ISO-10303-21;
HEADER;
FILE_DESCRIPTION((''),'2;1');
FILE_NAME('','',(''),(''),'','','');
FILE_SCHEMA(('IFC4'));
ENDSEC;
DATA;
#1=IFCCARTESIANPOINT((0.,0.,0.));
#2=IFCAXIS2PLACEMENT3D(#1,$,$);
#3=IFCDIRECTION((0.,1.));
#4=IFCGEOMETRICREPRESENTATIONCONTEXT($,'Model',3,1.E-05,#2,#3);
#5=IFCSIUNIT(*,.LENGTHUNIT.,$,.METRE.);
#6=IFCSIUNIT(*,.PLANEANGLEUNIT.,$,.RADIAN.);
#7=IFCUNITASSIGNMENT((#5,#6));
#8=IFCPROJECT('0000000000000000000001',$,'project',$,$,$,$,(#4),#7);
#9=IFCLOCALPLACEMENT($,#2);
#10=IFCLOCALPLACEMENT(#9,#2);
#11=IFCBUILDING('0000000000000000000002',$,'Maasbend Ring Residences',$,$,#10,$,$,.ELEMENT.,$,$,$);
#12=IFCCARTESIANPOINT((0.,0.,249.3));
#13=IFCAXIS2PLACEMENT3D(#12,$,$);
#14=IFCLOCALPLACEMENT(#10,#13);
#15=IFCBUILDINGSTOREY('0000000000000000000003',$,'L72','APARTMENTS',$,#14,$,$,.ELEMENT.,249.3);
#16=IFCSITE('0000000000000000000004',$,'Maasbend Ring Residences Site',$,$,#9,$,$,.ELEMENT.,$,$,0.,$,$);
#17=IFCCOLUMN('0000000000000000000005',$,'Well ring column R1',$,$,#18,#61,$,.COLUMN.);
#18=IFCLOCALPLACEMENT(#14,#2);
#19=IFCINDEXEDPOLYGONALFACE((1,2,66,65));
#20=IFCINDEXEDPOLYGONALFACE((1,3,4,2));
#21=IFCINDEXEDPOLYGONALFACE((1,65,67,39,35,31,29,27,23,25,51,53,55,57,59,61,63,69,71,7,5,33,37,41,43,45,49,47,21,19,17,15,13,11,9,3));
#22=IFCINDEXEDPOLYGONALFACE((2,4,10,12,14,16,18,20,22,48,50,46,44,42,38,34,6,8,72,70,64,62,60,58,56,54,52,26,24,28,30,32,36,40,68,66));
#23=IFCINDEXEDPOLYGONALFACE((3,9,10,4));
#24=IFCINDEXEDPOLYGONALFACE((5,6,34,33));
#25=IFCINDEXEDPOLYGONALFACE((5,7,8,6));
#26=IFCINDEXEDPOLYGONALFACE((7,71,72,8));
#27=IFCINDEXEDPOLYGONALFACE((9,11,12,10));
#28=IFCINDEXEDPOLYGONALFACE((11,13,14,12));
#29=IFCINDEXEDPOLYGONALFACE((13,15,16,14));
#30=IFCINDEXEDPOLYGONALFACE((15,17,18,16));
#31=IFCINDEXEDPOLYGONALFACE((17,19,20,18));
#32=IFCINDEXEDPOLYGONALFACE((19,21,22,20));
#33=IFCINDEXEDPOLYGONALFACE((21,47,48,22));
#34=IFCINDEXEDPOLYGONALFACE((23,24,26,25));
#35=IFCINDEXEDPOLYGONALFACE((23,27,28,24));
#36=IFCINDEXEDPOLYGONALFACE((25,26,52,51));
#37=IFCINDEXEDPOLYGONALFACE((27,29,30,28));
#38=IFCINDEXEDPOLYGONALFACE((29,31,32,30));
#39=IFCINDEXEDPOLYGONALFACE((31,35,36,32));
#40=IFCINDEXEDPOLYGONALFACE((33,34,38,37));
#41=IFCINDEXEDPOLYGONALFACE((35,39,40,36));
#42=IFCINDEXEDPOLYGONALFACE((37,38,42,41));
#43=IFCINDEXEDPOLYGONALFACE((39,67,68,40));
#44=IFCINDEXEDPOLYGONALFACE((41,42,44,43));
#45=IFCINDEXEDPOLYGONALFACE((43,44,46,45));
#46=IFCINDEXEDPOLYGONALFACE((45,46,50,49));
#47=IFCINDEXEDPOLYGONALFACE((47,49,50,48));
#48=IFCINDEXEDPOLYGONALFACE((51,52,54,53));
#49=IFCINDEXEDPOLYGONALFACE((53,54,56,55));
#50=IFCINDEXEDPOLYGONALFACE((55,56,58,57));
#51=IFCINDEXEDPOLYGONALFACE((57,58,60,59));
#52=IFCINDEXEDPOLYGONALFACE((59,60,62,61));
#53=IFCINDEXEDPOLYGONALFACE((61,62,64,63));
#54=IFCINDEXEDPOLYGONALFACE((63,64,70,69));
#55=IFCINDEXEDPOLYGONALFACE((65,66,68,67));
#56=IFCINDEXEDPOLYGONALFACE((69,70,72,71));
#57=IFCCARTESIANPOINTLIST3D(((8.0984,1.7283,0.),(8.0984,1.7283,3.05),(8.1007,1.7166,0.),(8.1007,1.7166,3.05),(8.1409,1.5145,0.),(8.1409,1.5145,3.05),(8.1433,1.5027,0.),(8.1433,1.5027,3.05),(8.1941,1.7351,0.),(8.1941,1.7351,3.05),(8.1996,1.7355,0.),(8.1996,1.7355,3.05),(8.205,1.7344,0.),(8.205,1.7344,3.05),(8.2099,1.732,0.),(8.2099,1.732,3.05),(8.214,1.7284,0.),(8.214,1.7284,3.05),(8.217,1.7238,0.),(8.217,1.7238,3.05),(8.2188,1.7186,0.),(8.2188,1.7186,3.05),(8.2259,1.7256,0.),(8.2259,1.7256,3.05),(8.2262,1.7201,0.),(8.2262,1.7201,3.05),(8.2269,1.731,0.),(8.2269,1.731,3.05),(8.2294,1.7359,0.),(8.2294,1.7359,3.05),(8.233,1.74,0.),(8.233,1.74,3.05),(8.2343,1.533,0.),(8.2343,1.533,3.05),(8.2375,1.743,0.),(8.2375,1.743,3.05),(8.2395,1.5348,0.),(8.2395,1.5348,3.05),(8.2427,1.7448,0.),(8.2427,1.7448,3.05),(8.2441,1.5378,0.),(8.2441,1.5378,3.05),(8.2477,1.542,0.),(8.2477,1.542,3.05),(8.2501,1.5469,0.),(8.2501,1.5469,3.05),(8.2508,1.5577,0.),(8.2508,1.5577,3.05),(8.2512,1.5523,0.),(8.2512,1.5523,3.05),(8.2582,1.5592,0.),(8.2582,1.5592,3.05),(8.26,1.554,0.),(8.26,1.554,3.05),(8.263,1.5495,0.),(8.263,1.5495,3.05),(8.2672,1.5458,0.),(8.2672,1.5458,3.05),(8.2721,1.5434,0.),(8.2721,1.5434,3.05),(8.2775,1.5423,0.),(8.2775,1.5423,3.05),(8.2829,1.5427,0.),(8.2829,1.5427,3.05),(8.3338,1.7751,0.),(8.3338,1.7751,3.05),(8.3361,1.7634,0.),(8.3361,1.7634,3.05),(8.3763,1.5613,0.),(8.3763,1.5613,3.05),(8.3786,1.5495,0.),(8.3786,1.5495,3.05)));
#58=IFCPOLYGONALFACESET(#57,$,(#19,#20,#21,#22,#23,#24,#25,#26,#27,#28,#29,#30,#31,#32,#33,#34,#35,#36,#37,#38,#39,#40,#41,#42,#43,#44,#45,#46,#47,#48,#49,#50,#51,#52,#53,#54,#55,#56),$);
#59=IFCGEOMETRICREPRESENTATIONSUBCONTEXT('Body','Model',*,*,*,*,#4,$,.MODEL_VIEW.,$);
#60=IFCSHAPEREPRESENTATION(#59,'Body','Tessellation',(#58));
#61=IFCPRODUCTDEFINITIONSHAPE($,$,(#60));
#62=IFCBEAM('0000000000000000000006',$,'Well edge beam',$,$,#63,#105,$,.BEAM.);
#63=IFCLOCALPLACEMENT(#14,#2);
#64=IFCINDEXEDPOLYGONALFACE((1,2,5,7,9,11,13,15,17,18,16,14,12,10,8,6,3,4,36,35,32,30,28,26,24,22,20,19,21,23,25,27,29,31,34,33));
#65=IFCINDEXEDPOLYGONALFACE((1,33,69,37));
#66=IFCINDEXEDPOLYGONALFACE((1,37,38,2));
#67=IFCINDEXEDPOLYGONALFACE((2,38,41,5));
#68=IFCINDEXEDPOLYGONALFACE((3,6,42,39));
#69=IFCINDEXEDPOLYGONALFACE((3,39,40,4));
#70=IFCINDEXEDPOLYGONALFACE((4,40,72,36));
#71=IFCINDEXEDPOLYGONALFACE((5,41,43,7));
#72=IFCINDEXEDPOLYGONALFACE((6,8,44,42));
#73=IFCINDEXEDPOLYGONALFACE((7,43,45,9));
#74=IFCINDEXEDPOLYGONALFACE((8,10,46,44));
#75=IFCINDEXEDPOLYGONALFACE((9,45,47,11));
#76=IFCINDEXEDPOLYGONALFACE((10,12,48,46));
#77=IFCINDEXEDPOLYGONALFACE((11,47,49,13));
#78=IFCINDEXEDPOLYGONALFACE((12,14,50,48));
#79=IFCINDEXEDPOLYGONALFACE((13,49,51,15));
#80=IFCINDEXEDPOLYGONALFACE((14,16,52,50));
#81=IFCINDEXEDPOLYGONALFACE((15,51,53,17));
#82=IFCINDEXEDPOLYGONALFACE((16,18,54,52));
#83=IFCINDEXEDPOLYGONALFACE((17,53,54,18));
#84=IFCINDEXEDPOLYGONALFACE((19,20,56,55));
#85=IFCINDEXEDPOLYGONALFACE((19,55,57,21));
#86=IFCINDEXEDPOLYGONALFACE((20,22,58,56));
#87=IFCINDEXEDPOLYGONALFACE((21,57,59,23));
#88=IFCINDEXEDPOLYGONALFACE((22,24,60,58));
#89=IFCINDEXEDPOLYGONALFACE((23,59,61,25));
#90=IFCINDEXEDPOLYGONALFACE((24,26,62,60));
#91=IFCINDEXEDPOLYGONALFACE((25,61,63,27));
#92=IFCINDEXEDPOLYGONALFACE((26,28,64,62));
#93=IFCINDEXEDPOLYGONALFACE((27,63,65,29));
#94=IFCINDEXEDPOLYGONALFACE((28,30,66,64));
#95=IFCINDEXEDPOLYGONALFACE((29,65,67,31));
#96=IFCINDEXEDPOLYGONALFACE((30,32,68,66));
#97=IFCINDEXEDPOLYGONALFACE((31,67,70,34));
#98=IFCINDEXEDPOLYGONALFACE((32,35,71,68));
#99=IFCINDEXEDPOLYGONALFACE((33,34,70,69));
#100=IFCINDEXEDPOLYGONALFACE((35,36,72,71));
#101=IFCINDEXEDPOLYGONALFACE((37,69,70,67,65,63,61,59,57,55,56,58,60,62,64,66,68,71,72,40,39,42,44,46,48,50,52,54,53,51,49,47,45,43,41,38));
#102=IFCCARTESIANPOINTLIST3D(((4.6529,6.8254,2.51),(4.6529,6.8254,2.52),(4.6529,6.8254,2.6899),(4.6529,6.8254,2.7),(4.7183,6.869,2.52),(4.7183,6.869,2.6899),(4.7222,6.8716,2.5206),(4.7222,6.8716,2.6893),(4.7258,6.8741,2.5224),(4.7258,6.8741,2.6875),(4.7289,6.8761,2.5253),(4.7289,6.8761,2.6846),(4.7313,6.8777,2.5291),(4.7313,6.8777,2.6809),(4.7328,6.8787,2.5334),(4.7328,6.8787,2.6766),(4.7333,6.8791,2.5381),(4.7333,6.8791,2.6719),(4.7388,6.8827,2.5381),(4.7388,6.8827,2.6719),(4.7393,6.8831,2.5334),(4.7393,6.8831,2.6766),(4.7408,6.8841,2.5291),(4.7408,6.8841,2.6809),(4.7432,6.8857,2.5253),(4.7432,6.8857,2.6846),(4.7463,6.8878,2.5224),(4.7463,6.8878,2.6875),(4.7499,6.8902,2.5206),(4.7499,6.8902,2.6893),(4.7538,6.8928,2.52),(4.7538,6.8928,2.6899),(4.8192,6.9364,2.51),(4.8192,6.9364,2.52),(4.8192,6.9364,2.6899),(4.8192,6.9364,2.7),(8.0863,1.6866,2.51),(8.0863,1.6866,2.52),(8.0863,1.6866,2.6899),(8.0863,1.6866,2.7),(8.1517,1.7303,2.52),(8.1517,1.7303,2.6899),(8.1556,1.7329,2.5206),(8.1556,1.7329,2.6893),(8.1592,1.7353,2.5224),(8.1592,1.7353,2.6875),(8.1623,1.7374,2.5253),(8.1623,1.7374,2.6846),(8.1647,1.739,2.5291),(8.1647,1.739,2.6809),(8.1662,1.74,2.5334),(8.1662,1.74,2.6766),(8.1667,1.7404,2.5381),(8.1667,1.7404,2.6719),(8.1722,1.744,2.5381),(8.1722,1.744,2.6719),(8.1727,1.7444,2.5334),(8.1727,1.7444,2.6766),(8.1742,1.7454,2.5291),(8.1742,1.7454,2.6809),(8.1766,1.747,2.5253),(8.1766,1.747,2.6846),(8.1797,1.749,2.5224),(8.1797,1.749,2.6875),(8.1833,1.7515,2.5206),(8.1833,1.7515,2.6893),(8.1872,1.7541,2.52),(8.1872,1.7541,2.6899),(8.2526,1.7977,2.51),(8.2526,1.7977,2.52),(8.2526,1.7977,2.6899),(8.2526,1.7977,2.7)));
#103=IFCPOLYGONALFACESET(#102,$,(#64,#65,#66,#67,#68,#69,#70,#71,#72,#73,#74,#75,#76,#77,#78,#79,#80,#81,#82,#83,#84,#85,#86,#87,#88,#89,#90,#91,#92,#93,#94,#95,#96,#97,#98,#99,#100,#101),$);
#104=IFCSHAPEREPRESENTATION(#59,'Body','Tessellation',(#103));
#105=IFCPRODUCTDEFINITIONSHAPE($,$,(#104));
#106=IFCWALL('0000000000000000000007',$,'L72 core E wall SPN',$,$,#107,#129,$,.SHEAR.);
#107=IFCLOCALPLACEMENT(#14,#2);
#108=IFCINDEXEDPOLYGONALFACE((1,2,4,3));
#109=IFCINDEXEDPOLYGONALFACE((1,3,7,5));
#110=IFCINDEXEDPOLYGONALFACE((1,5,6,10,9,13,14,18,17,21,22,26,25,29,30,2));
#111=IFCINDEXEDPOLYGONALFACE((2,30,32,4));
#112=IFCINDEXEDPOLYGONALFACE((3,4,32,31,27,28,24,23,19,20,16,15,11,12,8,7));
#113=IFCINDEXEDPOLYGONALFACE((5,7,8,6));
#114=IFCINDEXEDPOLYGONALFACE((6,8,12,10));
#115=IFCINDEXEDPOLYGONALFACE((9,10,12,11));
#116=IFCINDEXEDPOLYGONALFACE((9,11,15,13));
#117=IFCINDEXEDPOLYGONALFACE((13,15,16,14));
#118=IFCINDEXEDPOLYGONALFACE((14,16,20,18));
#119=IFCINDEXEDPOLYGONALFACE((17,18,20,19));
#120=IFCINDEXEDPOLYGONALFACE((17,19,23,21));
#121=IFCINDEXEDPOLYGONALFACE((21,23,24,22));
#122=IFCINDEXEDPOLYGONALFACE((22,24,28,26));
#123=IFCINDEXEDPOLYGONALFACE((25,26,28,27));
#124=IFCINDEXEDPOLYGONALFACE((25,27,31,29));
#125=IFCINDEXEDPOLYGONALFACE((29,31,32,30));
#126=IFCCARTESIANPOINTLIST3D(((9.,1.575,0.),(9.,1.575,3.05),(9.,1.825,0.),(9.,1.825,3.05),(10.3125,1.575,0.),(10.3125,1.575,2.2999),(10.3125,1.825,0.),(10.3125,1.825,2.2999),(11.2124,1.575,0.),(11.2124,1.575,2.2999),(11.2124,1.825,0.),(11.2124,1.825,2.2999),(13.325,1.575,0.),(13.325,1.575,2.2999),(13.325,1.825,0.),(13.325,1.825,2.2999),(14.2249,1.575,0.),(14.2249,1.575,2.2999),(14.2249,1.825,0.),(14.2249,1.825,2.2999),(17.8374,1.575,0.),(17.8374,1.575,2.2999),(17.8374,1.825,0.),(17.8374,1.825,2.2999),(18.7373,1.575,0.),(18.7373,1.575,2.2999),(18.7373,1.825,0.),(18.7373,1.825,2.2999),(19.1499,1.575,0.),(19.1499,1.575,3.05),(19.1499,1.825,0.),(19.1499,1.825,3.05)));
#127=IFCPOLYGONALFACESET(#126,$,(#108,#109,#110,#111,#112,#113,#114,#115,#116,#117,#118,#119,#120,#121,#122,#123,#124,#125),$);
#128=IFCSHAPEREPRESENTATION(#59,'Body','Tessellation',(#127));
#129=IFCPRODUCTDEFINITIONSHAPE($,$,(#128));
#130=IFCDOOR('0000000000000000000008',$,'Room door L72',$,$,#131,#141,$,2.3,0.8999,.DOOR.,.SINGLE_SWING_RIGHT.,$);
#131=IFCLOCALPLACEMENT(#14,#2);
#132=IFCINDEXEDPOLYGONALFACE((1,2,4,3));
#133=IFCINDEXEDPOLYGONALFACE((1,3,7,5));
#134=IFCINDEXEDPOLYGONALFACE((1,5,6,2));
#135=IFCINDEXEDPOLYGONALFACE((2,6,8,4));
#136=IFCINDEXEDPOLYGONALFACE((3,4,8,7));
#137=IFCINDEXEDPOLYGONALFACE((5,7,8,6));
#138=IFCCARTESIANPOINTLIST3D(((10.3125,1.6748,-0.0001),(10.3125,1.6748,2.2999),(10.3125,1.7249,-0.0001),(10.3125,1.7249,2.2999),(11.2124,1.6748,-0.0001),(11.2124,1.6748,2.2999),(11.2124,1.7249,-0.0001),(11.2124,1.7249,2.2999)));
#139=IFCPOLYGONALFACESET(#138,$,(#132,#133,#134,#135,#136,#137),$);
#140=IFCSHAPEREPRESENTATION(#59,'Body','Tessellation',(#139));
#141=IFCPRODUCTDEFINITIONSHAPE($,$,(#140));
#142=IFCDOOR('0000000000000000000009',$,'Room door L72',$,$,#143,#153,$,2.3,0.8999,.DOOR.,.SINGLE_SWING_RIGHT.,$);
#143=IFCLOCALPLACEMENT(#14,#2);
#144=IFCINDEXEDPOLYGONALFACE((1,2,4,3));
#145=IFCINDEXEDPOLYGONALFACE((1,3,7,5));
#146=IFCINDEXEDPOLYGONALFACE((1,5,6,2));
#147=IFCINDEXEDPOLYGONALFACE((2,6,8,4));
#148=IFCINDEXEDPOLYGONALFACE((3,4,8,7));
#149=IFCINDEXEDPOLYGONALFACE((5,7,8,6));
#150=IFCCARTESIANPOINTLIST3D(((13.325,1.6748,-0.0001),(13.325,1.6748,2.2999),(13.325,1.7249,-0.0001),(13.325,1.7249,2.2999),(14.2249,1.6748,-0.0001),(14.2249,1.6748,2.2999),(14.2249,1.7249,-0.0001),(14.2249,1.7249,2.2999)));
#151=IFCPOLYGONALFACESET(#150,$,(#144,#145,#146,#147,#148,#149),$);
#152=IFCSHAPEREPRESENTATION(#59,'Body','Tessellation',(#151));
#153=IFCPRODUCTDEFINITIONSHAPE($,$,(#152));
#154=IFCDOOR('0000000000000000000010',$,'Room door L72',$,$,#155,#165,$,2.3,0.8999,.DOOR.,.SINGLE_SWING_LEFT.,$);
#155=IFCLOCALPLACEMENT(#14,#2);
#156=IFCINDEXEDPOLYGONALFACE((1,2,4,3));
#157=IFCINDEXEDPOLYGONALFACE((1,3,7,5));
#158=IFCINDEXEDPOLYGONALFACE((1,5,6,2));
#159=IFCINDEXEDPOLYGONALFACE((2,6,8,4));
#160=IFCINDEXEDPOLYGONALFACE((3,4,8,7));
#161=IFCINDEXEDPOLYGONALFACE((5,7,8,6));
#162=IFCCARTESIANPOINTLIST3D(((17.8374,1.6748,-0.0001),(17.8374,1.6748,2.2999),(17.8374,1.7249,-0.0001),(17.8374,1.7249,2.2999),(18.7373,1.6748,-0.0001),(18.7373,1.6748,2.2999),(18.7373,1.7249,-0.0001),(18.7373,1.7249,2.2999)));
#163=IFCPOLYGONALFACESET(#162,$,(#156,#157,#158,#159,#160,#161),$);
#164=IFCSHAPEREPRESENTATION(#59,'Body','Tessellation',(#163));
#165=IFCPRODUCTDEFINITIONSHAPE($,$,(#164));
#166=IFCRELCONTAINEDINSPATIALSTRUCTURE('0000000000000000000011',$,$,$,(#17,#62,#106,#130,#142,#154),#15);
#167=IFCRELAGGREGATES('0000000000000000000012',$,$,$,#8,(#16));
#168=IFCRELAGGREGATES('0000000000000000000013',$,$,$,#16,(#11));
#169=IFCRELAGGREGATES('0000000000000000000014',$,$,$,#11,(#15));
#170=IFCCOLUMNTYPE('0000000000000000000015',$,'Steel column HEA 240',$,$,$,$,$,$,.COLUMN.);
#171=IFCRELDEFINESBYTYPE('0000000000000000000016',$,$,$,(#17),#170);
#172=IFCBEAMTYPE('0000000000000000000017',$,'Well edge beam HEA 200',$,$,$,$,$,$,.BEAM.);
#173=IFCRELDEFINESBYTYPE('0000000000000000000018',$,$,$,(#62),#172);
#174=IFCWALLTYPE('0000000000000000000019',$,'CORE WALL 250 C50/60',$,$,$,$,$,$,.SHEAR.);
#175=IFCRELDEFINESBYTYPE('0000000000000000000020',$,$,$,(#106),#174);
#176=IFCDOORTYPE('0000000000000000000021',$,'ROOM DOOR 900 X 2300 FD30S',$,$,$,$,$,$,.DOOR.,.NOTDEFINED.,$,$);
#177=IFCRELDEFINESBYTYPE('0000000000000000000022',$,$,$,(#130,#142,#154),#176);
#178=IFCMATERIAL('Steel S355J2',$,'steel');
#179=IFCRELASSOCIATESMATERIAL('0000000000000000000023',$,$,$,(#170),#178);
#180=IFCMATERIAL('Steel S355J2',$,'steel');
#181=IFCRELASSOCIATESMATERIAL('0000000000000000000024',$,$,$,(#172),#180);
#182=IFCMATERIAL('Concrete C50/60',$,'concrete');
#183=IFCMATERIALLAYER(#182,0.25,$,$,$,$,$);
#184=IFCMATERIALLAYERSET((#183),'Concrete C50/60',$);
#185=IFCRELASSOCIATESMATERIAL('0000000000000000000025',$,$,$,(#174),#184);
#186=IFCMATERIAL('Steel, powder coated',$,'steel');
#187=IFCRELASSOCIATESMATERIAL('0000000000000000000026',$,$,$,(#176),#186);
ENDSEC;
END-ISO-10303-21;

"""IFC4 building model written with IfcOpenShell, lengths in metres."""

from ifc_helpers import new_model, si_unit, direction, frame, frame_2d, origin, origin_2d, place, context, subcontext, project, spatial, rectangle, i_section, extrude, material, layer, layer_set, material_profile, profile_set, type_object, element, fill, save


model = new_model("IFC4")

# Units and contexts
model_context = context("Model", 3, precision=1e-05, world=origin(), true_north=direction((0.0, 1.0)))
body_context = subcontext(model_context, "Body", "Model", "MODEL_VIEW")
ifc_project = project(units=[si_unit("LENGTHUNIT", "METRE"), si_unit("PLANEANGLEUNIT", "RADIAN")], contexts=[model_context])

# Site, building, storey
site_placement = place(None, origin())
site = spatial("IfcSite", under=ifc_project, at=site_placement, Name="Maasbend Ring Residences Site", CompositionType="ELEMENT", RefElevation=0.0)
building_placement = place(site_placement, origin())
building = spatial("IfcBuilding", under=site, at=building_placement, Name="Maasbend Ring Residences", CompositionType="ELEMENT")
storey_placement = place(building_placement, frame((0.0, 0.0, 249.3)))
storey = spatial("IfcBuildingStorey", under=building, at=storey_placement, Name="L72", Description="APARTMENTS", CompositionType="ELEMENT", Elevation=249.3)

# Column
ifc_material_1 = material(Name="Steel S355J2", Category="steel")
ifc_material_profile_1 = material_profile(ifc_material_1, i_section(OverallWidth=0.24, OverallDepth=0.23, WebThickness=0.0076, FlangeThickness=0.012, FilletRadius=0.021, at=origin_2d()), Name="HEA 240")
ifc_profile_set_1 = profile_set([ifc_material_profile_1], Name="Steel S355J2")
column_type = type_object("IfcColumnType", Name="Steel column HEA 240", PredefinedType="COLUMN", material=ifc_profile_set_1)
column_placement = place(storey_placement, frame((8.2385, 1.6389, 0.0), z_axis=(0.0, 0.0, 1.0), x_axis=(0.980785, 0.19509, 0.0)))
element("IfcColumn", 1, at=column_placement, inside=storey, type_object=column_type, Name="Well ring column R1", PredefinedType="COLUMN", context=body_context, shape_type="SweptSolid", body=[
    extrude(i_section(OverallWidth=0.24, OverallDepth=0.23, WebThickness=0.0076, FlangeThickness=0.012, FilletRadius=0.021, at=origin_2d()), origin(), (0.0, 0.0, 1.0), 3.05),
])

# Beam
ifc_material_2 = material(Name="Steel S355J2", Category="steel")
ifc_material_profile_2 = material_profile(ifc_material_2, i_section(OverallWidth=0.2, OverallDepth=0.1899, WebThickness=0.0066, FlangeThickness=0.01, FilletRadius=0.0181, at=origin_2d()), Name="HEA 200")
ifc_profile_set_2 = profile_set([ifc_material_profile_2], Name="Steel S355J2")
beam_type = type_object("IfcBeamType", Name="Well edge beam HEA 200", PredefinedType="BEAM", material=ifc_profile_set_2)
beam_placement = place(storey_placement, frame((8.1694, 1.7422, 2.605), z_axis=(-0.555548, 0.831485, 0.0), x_axis=(-0.831485, -0.555548, 0.0)))
element("IfcBeam", 2, at=beam_placement, inside=storey, type_object=beam_type, Name="Well edge beam", PredefinedType="BEAM", context=body_context, shape_type="SweptSolid", body=[
    extrude(i_section(OverallWidth=0.2, OverallDepth=0.1899, WebThickness=0.0066, FlangeThickness=0.01, FilletRadius=0.0181, at=origin_2d()), origin(), (0.0, 0.0, 1.0), 6.1802),
])

# Wall, openings, doors
ifc_material_3 = material(Name="Concrete C50/60", Category="concrete")
ifc_layer_1 = layer(ifc_material_3, 0.25)
ifc_layer_set_1 = layer_set([ifc_layer_1], Name="Concrete C50/60")
wall_type_1 = type_object("IfcWallType", Name="CORE WALL 250 C50/60", PredefinedType="SHEAR", material=ifc_layer_set_1)
wall_1_placement = place(storey_placement, frame((9.0, 1.7, 0.0), z_axis=(0.0, 0.0, 1.0), x_axis=(1.0, 0.0, 0.0)))
wall_1 = element("IfcWall", 3, at=wall_1_placement, inside=storey, type_object=wall_type_1, Name="L72 core E wall SPN", PredefinedType="SHEAR", context=body_context, shape_type="SweptSolid", body=[
    extrude(rectangle(XDim=10.1499, YDim=0.25, at=frame_2d((5.075, 0.0))), origin(), (0.0, 0.0, 1.0), 3.05),
])
opening_1_placement = place(wall_1_placement, frame((1.3125, 0.0, 0.0)))
opening_1 = element("IfcOpeningElement", 4, at=opening_1_placement, cuts=wall_1, PredefinedType="OPENING", context=body_context, shape_type="SweptSolid", body=[
    extrude(rectangle(XDim=0.8999, YDim=2.3, at=frame_2d((0.45, 1.1499))), frame((0.0, 0.135, 0.0), z_axis=(0.0, -1.0, 0.0), x_axis=(1.0, 0.0, 0.0)), (0.0, 0.0, 1.0), 0.27),
])
opening_2_placement = place(wall_1_placement, frame((4.325, 0.0, 0.0)))
opening_2 = element("IfcOpeningElement", 5, at=opening_2_placement, cuts=wall_1, PredefinedType="OPENING", context=body_context, shape_type="SweptSolid", body=[
    extrude(rectangle(XDim=0.8999, YDim=2.3, at=frame_2d((0.45, 1.1499))), frame((0.0, 0.135, 0.0), z_axis=(0.0, -1.0, 0.0), x_axis=(1.0, 0.0, 0.0)), (0.0, 0.0, 1.0), 0.27),
])
opening_3_placement = place(wall_1_placement, frame((8.8374, 0.0, 0.0)))
opening_3 = element("IfcOpeningElement", 6, at=opening_3_placement, cuts=wall_1, PredefinedType="OPENING", context=body_context, shape_type="SweptSolid", body=[
    extrude(rectangle(XDim=0.8999, YDim=2.3, at=frame_2d((0.45, 1.1499))), frame((0.0, 0.135, 0.0), z_axis=(0.0, -1.0, 0.0), x_axis=(1.0, 0.0, 0.0)), (0.0, 0.0, 1.0), 0.27),
])
ifc_material_4 = material(Name="Steel, powder coated", Category="steel")
door_type_1 = type_object("IfcDoorType", Name="ROOM DOOR 900 X 2300 FD30S", OperationType="NOTDEFINED", PredefinedType="DOOR", material=ifc_material_4)
door_1_placement = place(opening_1_placement, origin())
door_1 = element("IfcDoor", 7, at=door_1_placement, inside=storey, type_object=door_type_1, Name="Room door L72", OperationType="SINGLE_SWING_RIGHT", OverallHeight=2.3, OverallWidth=0.8999, PredefinedType="DOOR", context=body_context, shape_type="SweptSolid", body=[
    extrude(rectangle(XDim=0.8999, YDim=2.3, at=frame_2d((0.45, 1.1499))), frame((0.0, 0.0249, 0.0), z_axis=(0.0, -1.0, 0.0), x_axis=(1.0, 0.0, 0.0)), (0.0, 0.0, 1.0), 0.05),
])
fill(opening_1, door_1)
door_2_placement = place(opening_2_placement, origin())
door_2 = element("IfcDoor", 8, at=door_2_placement, inside=storey, type_object=door_type_1, Name="Room door L72", OperationType="SINGLE_SWING_RIGHT", OverallHeight=2.3, OverallWidth=0.8999, PredefinedType="DOOR", context=body_context, shape_type="SweptSolid", body=[
    extrude(rectangle(XDim=0.8999, YDim=2.3, at=frame_2d((0.45, 1.1499))), frame((0.0, 0.0249, 0.0), z_axis=(0.0, -1.0, 0.0), x_axis=(1.0, 0.0, 0.0)), (0.0, 0.0, 1.0), 0.05),
])
fill(opening_2, door_2)
door_3_placement = place(opening_3_placement, origin())
door_3 = element("IfcDoor", 9, at=door_3_placement, inside=storey, type_object=door_type_1, Name="Room door L72", OperationType="SINGLE_SWING_LEFT", OverallHeight=2.3, OverallWidth=0.8999, PredefinedType="DOOR", context=body_context, shape_type="SweptSolid", body=[
    extrude(rectangle(XDim=0.8999, YDim=2.3, at=frame_2d((0.45, 1.1499))), frame((0.0, 0.0249, 0.0), z_axis=(0.0, -1.0, 0.0), x_axis=(1.0, 0.0, 0.0)), (0.0, 0.0, 1.0), 0.05),
])
fill(opening_3, door_3)

save(model, "model.ifc")
